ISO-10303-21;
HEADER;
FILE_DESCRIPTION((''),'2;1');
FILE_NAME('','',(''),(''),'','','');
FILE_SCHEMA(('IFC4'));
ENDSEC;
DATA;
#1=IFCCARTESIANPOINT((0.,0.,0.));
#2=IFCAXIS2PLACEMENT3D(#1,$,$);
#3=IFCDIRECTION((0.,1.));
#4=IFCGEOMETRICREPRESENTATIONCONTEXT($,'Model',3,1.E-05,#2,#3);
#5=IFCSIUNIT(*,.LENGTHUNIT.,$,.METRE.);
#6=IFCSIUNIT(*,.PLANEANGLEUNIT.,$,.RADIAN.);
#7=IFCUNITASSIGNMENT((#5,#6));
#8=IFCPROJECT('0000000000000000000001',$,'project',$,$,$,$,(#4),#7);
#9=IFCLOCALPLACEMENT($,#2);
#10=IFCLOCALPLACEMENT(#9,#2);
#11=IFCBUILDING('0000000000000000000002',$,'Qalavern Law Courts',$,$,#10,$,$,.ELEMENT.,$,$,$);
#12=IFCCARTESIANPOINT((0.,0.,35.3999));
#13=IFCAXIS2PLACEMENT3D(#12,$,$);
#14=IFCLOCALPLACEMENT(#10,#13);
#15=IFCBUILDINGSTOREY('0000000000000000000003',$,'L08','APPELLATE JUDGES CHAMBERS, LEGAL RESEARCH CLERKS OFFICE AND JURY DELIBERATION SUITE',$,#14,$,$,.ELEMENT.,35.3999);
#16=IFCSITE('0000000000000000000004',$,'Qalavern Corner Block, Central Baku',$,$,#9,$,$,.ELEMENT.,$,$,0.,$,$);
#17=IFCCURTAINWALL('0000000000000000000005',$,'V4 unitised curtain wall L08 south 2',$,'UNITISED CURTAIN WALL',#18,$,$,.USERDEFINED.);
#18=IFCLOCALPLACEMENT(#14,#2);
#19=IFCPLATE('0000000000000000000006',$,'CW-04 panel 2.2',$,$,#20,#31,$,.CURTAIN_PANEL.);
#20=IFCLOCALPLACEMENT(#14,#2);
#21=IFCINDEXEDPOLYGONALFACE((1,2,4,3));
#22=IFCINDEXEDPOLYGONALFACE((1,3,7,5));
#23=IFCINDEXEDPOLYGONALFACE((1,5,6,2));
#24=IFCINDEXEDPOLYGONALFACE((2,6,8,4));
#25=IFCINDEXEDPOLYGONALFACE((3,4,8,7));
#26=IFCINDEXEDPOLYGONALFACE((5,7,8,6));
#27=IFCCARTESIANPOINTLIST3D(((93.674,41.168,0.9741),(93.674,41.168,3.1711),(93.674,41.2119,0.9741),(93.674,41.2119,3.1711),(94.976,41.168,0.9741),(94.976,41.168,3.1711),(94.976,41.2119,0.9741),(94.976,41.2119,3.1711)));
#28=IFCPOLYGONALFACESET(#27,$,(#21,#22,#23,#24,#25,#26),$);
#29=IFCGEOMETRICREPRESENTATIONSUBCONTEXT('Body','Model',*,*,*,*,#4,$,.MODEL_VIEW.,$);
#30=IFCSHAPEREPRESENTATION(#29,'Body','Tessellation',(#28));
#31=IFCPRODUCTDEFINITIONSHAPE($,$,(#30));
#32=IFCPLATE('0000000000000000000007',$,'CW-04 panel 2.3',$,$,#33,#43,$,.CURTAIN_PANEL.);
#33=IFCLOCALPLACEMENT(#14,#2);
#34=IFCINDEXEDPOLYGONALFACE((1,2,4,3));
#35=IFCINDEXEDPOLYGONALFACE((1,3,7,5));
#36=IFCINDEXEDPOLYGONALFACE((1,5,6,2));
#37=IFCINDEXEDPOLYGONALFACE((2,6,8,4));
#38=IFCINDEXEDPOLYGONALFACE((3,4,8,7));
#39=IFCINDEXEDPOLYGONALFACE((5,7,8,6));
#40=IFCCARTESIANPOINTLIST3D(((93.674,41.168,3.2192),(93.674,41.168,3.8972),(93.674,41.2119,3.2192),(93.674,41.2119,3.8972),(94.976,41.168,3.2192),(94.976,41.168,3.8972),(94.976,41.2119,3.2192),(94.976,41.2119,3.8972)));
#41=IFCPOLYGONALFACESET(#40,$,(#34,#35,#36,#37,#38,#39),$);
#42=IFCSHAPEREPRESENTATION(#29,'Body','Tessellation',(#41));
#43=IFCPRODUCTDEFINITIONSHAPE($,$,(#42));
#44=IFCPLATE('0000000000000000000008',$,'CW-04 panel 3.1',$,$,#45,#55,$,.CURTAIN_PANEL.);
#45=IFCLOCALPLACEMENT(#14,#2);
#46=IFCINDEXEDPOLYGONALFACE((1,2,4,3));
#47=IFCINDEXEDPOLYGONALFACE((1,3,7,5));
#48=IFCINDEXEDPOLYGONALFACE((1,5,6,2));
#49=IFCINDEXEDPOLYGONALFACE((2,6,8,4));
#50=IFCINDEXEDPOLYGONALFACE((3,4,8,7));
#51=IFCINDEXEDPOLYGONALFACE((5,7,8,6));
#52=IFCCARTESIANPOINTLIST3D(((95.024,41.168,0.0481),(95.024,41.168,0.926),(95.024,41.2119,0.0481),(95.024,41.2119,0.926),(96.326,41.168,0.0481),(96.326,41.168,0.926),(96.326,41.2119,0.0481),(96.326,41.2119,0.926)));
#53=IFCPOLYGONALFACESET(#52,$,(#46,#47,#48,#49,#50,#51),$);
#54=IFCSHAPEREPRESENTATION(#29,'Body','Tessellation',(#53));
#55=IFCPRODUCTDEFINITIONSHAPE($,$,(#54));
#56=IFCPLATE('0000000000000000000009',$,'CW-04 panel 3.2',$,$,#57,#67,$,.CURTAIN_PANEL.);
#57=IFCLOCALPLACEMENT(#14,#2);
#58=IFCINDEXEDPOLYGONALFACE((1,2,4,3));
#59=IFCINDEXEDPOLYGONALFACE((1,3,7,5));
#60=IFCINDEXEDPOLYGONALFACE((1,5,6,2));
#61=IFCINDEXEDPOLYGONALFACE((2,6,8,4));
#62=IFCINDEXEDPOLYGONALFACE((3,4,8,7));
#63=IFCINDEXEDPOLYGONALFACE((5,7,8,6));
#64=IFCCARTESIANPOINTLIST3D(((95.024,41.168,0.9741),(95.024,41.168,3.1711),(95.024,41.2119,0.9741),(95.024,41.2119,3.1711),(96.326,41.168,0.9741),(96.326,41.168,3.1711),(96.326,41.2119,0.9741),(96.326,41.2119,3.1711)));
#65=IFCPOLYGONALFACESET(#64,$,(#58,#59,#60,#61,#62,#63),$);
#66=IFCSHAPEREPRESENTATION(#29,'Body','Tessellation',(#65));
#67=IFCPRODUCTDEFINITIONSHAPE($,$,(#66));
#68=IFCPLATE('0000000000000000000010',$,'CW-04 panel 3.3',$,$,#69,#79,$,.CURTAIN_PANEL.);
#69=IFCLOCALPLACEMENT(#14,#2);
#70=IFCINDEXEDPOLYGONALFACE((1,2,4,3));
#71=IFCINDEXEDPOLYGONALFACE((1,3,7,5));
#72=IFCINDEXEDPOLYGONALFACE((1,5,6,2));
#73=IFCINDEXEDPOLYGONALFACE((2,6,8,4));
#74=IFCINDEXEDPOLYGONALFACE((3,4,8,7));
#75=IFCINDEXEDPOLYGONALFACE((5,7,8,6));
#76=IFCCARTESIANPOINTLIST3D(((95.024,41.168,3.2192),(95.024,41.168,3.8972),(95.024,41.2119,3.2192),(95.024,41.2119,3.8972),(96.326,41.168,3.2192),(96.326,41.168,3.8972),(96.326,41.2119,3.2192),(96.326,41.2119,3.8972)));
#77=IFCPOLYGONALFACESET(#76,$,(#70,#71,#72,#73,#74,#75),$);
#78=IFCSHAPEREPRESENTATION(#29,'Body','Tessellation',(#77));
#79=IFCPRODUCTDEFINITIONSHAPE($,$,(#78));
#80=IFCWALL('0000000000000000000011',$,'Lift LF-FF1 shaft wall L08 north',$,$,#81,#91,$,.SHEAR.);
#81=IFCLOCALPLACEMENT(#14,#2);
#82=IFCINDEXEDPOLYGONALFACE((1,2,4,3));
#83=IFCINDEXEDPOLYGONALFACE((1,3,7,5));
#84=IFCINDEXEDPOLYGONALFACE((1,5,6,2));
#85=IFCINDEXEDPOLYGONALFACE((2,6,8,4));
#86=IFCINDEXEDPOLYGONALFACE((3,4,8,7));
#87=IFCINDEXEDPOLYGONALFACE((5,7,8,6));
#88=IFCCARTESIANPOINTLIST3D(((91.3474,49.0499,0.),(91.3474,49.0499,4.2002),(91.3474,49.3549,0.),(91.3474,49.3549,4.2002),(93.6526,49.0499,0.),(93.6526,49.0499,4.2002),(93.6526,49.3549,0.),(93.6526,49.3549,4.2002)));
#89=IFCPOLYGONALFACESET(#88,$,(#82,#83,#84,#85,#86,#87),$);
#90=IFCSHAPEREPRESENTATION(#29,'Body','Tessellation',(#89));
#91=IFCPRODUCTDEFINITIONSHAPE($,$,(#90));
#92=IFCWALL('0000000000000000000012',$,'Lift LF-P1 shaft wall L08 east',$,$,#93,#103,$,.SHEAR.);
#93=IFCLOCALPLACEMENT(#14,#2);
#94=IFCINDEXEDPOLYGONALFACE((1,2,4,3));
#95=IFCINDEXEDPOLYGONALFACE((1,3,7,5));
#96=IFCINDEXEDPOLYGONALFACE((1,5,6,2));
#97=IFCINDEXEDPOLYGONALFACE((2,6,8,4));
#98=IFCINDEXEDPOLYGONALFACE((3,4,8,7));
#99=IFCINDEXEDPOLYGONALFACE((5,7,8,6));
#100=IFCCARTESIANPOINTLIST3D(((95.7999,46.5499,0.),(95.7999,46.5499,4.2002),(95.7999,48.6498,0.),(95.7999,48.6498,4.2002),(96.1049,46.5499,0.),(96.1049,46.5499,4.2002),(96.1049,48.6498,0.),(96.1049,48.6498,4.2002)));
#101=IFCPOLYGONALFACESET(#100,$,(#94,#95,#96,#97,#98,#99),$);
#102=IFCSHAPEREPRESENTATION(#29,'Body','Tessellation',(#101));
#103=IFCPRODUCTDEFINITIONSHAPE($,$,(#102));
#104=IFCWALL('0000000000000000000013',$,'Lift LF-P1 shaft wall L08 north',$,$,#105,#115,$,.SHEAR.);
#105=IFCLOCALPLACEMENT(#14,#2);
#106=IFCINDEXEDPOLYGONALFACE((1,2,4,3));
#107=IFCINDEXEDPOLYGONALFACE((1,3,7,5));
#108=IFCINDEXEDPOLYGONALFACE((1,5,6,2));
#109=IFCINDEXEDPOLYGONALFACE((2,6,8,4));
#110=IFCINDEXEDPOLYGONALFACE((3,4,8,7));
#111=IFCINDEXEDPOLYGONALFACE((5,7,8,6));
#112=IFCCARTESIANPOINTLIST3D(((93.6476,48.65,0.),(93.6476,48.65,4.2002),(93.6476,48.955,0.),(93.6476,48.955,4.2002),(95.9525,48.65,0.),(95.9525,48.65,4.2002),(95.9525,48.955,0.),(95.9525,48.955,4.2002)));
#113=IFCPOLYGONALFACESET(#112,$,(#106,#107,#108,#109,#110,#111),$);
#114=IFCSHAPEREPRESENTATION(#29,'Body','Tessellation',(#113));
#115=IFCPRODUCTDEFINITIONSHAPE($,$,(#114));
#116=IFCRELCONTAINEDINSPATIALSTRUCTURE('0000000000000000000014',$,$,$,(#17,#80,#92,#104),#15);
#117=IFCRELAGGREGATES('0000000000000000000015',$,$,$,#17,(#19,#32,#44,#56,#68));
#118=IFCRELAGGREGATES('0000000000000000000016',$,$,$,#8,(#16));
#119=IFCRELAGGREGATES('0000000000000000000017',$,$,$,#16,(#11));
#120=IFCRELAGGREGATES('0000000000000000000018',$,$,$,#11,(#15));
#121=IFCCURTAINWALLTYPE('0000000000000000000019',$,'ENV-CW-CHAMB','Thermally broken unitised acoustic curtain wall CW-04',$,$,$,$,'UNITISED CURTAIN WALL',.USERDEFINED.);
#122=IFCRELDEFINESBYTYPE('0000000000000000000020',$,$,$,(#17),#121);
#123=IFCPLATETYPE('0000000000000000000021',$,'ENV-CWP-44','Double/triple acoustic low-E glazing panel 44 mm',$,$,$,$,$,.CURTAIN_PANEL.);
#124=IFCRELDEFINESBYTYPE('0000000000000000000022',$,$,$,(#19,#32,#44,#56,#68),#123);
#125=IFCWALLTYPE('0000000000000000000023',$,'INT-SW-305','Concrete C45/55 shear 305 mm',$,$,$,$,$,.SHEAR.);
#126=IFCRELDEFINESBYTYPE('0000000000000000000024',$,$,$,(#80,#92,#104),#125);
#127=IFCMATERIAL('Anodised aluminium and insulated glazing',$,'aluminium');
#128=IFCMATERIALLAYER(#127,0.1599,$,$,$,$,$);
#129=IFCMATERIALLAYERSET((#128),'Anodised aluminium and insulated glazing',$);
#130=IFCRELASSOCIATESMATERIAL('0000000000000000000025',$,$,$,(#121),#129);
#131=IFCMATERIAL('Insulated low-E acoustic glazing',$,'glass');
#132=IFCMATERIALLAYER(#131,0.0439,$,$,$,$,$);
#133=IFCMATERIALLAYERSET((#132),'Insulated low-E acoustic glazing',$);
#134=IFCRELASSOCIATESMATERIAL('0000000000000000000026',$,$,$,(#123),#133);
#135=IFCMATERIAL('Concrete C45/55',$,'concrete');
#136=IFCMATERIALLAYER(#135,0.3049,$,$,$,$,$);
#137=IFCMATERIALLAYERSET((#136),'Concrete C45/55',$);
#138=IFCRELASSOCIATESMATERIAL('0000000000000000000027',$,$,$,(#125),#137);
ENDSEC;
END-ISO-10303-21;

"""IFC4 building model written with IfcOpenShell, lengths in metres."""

from ifc_helpers import new_model, si_unit, direction, frame, frame_2d, origin, origin_2d, place, context, subcontext, project, spatial, rectangle, extrude, material, layer, layer_set, type_object, element, aggregate, save


model = new_model("IFC4")

# Units and contexts
model_context = context("Model", 3, precision=1e-05, world=origin(), true_north=direction((0.0, 1.0)))
body_context = subcontext(model_context, "Body", "Model", "MODEL_VIEW")
ifc_project = project(units=[si_unit("LENGTHUNIT", "METRE"), si_unit("PLANEANGLEUNIT", "RADIAN")], contexts=[model_context])

# Site, building, storey
site_placement = place(None, origin())
site = spatial("IfcSite", under=ifc_project, at=site_placement, Name="Qalavern Corner Block, Central Baku", CompositionType="ELEMENT", RefElevation=0.0)
building_placement = place(site_placement, origin())
building = spatial("IfcBuilding", under=site, at=building_placement, Name="Qalavern Law Courts", CompositionType="ELEMENT")
storey_placement = place(building_placement, frame((0.0, 0.0, 35.3999)))
storey = spatial("IfcBuildingStorey", under=building, at=storey_placement, Name="L08", Description="APPELLATE JUDGES CHAMBERS, LEGAL RESEARCH CLERKS OFFICE AND JURY DELIBERATION SUITE", CompositionType="ELEMENT", Elevation=35.3999)

# Curtain wall, plates
ifc_material_1 = material(Name="Anodised aluminium and insulated glazing", Category="aluminium")
ifc_layer_1 = layer(ifc_material_1, 0.1599)
ifc_layer_set_1 = layer_set([ifc_layer_1], Name="Anodised aluminium and insulated glazing")
curtain_wall_type = type_object("IfcCurtainWallType", Name="ENV-CW-CHAMB", Description="Thermally broken unitised acoustic curtain wall CW-04", ElementType="UNITISED CURTAIN WALL", PredefinedType="USERDEFINED", material=ifc_layer_set_1)
curtain_wall_placement = place(storey_placement, origin())
curtain_wall = element("IfcCurtainWall", 1, at=curtain_wall_placement, inside=storey, type_object=curtain_wall_type, Name="V4 unitised curtain wall L08 south 2", ObjectType="UNITISED CURTAIN WALL", PredefinedType="USERDEFINED")
ifc_material_2 = material(Name="Insulated low-E acoustic glazing", Category="glass")
ifc_layer_2 = layer(ifc_material_2, 0.0439)
ifc_layer_set_2 = layer_set([ifc_layer_2], Name="Insulated low-E acoustic glazing")
plate_type = type_object("IfcPlateType", Name="ENV-CWP-44", Description="Double/triple acoustic low-E glazing panel 44 mm", PredefinedType="CURTAIN_PANEL", material=ifc_layer_set_2)
plate_1_placement = place(storey_placement, frame((94.325, 41.1899, 0.9741), z_axis=(0.0, 0.0, 1.0), x_axis=(1.0, 0.0, 0.0)))
plate_1 = element("IfcPlate", 2, at=plate_1_placement, type_object=plate_type, Name="CW-04 panel 2.2", PredefinedType="CURTAIN_PANEL", context=body_context, shape_type="SweptSolid", body=[
    extrude(rectangle(XDim=1.302, YDim=0.0439, at=origin_2d()), origin(), (0.0, 0.0, 1.0), 2.197),
])
plate_2_placement = place(storey_placement, frame((94.325, 41.1899, 3.2192), z_axis=(0.0, 0.0, 1.0), x_axis=(1.0, 0.0, 0.0)))
plate_2 = element("IfcPlate", 3, at=plate_2_placement, type_object=plate_type, Name="CW-04 panel 2.3", PredefinedType="CURTAIN_PANEL", context=body_context, shape_type="SweptSolid", body=[
    extrude(rectangle(XDim=1.302, YDim=0.0439, at=origin_2d()), origin(), (0.0, 0.0, 1.0), 0.678),
])
plate_3_placement = place(storey_placement, frame((95.675, 41.1899, 0.0481), z_axis=(0.0, 0.0, 1.0), x_axis=(1.0, 0.0, 0.0)))
plate_3 = element("IfcPlate", 4, at=plate_3_placement, type_object=plate_type, Name="CW-04 panel 3.1", PredefinedType="CURTAIN_PANEL", context=body_context, shape_type="SweptSolid", body=[
    extrude(rectangle(XDim=1.302, YDim=0.0439, at=origin_2d()), origin(), (0.0, 0.0, 1.0), 0.8779),
])
plate_4_placement = place(storey_placement, frame((95.675, 41.1899, 0.9741), z_axis=(0.0, 0.0, 1.0), x_axis=(1.0, 0.0, 0.0)))
plate_4 = element("IfcPlate", 5, at=plate_4_placement, type_object=plate_type, Name="CW-04 panel 3.2", PredefinedType="CURTAIN_PANEL", context=body_context, shape_type="SweptSolid", body=[
    extrude(rectangle(XDim=1.302, YDim=0.0439, at=origin_2d()), origin(), (0.0, 0.0, 1.0), 2.197),
])
plate_5_placement = place(storey_placement, frame((95.675, 41.1899, 3.2192), z_axis=(0.0, 0.0, 1.0), x_axis=(1.0, 0.0, 0.0)))
plate_5 = element("IfcPlate", 6, at=plate_5_placement, type_object=plate_type, Name="CW-04 panel 3.3", PredefinedType="CURTAIN_PANEL", context=body_context, shape_type="SweptSolid", body=[
    extrude(rectangle(XDim=1.302, YDim=0.0439, at=origin_2d()), origin(), (0.0, 0.0, 1.0), 0.678),
])
aggregate(curtain_wall, [plate_1, plate_2, plate_3, plate_4, plate_5])

# Walls
ifc_material_3 = material(Name="Concrete C45/55", Category="concrete")
ifc_layer_3 = layer(ifc_material_3, 0.3049)
ifc_layer_set_3 = layer_set([ifc_layer_3], Name="Concrete C45/55")
wall_type = type_object("IfcWallType", Name="INT-SW-305", Description="Concrete C45/55 shear 305 mm", PredefinedType="SHEAR", material=ifc_layer_set_3)
wall_1_placement = place(storey_placement, frame((93.6526, 49.2024, 0.0), z_axis=(0.0, 0.0, 1.0), x_axis=(-1.0, 0.0, 0.0)))
element("IfcWall", 7, at=wall_1_placement, inside=storey, type_object=wall_type, Name="Lift LF-FF1 shaft wall L08 north", PredefinedType="SHEAR", context=body_context, shape_type="SweptSolid", body=[
    extrude(rectangle(XDim=2.3052, YDim=0.3049, at=frame_2d((1.1526, 0.0))), origin(), (0.0, 0.0, 1.0), 4.2002),
])
wall_2_placement = place(storey_placement, frame((95.9524, 46.55, 0.0), z_axis=(0.0, 0.0, 1.0), x_axis=(0.0, 1.0, 0.0)))
element("IfcWall", 8, at=wall_2_placement, inside=storey, type_object=wall_type, Name="Lift LF-P1 shaft wall L08 east", PredefinedType="SHEAR", context=body_context, shape_type="SweptSolid", body=[
    extrude(rectangle(XDim=2.0999, YDim=0.3049, at=frame_2d((1.0498, 0.0))), origin(), (0.0, 0.0, 1.0), 4.2002),
])
wall_3_placement = place(storey_placement, frame((95.9524, 48.8025, 0.0), z_axis=(0.0, 0.0, 1.0), x_axis=(-1.0, 0.0, 0.0)))
element("IfcWall", 9, at=wall_3_placement, inside=storey, type_object=wall_type, Name="Lift LF-P1 shaft wall L08 north", PredefinedType="SHEAR", context=body_context, shape_type="SweptSolid", body=[
    extrude(rectangle(XDim=2.3049, YDim=0.3049, at=frame_2d((1.1523, 0.0))), origin(), (0.0, 0.0, 1.0), 4.2002),
])

save(model, "model.ifc")
